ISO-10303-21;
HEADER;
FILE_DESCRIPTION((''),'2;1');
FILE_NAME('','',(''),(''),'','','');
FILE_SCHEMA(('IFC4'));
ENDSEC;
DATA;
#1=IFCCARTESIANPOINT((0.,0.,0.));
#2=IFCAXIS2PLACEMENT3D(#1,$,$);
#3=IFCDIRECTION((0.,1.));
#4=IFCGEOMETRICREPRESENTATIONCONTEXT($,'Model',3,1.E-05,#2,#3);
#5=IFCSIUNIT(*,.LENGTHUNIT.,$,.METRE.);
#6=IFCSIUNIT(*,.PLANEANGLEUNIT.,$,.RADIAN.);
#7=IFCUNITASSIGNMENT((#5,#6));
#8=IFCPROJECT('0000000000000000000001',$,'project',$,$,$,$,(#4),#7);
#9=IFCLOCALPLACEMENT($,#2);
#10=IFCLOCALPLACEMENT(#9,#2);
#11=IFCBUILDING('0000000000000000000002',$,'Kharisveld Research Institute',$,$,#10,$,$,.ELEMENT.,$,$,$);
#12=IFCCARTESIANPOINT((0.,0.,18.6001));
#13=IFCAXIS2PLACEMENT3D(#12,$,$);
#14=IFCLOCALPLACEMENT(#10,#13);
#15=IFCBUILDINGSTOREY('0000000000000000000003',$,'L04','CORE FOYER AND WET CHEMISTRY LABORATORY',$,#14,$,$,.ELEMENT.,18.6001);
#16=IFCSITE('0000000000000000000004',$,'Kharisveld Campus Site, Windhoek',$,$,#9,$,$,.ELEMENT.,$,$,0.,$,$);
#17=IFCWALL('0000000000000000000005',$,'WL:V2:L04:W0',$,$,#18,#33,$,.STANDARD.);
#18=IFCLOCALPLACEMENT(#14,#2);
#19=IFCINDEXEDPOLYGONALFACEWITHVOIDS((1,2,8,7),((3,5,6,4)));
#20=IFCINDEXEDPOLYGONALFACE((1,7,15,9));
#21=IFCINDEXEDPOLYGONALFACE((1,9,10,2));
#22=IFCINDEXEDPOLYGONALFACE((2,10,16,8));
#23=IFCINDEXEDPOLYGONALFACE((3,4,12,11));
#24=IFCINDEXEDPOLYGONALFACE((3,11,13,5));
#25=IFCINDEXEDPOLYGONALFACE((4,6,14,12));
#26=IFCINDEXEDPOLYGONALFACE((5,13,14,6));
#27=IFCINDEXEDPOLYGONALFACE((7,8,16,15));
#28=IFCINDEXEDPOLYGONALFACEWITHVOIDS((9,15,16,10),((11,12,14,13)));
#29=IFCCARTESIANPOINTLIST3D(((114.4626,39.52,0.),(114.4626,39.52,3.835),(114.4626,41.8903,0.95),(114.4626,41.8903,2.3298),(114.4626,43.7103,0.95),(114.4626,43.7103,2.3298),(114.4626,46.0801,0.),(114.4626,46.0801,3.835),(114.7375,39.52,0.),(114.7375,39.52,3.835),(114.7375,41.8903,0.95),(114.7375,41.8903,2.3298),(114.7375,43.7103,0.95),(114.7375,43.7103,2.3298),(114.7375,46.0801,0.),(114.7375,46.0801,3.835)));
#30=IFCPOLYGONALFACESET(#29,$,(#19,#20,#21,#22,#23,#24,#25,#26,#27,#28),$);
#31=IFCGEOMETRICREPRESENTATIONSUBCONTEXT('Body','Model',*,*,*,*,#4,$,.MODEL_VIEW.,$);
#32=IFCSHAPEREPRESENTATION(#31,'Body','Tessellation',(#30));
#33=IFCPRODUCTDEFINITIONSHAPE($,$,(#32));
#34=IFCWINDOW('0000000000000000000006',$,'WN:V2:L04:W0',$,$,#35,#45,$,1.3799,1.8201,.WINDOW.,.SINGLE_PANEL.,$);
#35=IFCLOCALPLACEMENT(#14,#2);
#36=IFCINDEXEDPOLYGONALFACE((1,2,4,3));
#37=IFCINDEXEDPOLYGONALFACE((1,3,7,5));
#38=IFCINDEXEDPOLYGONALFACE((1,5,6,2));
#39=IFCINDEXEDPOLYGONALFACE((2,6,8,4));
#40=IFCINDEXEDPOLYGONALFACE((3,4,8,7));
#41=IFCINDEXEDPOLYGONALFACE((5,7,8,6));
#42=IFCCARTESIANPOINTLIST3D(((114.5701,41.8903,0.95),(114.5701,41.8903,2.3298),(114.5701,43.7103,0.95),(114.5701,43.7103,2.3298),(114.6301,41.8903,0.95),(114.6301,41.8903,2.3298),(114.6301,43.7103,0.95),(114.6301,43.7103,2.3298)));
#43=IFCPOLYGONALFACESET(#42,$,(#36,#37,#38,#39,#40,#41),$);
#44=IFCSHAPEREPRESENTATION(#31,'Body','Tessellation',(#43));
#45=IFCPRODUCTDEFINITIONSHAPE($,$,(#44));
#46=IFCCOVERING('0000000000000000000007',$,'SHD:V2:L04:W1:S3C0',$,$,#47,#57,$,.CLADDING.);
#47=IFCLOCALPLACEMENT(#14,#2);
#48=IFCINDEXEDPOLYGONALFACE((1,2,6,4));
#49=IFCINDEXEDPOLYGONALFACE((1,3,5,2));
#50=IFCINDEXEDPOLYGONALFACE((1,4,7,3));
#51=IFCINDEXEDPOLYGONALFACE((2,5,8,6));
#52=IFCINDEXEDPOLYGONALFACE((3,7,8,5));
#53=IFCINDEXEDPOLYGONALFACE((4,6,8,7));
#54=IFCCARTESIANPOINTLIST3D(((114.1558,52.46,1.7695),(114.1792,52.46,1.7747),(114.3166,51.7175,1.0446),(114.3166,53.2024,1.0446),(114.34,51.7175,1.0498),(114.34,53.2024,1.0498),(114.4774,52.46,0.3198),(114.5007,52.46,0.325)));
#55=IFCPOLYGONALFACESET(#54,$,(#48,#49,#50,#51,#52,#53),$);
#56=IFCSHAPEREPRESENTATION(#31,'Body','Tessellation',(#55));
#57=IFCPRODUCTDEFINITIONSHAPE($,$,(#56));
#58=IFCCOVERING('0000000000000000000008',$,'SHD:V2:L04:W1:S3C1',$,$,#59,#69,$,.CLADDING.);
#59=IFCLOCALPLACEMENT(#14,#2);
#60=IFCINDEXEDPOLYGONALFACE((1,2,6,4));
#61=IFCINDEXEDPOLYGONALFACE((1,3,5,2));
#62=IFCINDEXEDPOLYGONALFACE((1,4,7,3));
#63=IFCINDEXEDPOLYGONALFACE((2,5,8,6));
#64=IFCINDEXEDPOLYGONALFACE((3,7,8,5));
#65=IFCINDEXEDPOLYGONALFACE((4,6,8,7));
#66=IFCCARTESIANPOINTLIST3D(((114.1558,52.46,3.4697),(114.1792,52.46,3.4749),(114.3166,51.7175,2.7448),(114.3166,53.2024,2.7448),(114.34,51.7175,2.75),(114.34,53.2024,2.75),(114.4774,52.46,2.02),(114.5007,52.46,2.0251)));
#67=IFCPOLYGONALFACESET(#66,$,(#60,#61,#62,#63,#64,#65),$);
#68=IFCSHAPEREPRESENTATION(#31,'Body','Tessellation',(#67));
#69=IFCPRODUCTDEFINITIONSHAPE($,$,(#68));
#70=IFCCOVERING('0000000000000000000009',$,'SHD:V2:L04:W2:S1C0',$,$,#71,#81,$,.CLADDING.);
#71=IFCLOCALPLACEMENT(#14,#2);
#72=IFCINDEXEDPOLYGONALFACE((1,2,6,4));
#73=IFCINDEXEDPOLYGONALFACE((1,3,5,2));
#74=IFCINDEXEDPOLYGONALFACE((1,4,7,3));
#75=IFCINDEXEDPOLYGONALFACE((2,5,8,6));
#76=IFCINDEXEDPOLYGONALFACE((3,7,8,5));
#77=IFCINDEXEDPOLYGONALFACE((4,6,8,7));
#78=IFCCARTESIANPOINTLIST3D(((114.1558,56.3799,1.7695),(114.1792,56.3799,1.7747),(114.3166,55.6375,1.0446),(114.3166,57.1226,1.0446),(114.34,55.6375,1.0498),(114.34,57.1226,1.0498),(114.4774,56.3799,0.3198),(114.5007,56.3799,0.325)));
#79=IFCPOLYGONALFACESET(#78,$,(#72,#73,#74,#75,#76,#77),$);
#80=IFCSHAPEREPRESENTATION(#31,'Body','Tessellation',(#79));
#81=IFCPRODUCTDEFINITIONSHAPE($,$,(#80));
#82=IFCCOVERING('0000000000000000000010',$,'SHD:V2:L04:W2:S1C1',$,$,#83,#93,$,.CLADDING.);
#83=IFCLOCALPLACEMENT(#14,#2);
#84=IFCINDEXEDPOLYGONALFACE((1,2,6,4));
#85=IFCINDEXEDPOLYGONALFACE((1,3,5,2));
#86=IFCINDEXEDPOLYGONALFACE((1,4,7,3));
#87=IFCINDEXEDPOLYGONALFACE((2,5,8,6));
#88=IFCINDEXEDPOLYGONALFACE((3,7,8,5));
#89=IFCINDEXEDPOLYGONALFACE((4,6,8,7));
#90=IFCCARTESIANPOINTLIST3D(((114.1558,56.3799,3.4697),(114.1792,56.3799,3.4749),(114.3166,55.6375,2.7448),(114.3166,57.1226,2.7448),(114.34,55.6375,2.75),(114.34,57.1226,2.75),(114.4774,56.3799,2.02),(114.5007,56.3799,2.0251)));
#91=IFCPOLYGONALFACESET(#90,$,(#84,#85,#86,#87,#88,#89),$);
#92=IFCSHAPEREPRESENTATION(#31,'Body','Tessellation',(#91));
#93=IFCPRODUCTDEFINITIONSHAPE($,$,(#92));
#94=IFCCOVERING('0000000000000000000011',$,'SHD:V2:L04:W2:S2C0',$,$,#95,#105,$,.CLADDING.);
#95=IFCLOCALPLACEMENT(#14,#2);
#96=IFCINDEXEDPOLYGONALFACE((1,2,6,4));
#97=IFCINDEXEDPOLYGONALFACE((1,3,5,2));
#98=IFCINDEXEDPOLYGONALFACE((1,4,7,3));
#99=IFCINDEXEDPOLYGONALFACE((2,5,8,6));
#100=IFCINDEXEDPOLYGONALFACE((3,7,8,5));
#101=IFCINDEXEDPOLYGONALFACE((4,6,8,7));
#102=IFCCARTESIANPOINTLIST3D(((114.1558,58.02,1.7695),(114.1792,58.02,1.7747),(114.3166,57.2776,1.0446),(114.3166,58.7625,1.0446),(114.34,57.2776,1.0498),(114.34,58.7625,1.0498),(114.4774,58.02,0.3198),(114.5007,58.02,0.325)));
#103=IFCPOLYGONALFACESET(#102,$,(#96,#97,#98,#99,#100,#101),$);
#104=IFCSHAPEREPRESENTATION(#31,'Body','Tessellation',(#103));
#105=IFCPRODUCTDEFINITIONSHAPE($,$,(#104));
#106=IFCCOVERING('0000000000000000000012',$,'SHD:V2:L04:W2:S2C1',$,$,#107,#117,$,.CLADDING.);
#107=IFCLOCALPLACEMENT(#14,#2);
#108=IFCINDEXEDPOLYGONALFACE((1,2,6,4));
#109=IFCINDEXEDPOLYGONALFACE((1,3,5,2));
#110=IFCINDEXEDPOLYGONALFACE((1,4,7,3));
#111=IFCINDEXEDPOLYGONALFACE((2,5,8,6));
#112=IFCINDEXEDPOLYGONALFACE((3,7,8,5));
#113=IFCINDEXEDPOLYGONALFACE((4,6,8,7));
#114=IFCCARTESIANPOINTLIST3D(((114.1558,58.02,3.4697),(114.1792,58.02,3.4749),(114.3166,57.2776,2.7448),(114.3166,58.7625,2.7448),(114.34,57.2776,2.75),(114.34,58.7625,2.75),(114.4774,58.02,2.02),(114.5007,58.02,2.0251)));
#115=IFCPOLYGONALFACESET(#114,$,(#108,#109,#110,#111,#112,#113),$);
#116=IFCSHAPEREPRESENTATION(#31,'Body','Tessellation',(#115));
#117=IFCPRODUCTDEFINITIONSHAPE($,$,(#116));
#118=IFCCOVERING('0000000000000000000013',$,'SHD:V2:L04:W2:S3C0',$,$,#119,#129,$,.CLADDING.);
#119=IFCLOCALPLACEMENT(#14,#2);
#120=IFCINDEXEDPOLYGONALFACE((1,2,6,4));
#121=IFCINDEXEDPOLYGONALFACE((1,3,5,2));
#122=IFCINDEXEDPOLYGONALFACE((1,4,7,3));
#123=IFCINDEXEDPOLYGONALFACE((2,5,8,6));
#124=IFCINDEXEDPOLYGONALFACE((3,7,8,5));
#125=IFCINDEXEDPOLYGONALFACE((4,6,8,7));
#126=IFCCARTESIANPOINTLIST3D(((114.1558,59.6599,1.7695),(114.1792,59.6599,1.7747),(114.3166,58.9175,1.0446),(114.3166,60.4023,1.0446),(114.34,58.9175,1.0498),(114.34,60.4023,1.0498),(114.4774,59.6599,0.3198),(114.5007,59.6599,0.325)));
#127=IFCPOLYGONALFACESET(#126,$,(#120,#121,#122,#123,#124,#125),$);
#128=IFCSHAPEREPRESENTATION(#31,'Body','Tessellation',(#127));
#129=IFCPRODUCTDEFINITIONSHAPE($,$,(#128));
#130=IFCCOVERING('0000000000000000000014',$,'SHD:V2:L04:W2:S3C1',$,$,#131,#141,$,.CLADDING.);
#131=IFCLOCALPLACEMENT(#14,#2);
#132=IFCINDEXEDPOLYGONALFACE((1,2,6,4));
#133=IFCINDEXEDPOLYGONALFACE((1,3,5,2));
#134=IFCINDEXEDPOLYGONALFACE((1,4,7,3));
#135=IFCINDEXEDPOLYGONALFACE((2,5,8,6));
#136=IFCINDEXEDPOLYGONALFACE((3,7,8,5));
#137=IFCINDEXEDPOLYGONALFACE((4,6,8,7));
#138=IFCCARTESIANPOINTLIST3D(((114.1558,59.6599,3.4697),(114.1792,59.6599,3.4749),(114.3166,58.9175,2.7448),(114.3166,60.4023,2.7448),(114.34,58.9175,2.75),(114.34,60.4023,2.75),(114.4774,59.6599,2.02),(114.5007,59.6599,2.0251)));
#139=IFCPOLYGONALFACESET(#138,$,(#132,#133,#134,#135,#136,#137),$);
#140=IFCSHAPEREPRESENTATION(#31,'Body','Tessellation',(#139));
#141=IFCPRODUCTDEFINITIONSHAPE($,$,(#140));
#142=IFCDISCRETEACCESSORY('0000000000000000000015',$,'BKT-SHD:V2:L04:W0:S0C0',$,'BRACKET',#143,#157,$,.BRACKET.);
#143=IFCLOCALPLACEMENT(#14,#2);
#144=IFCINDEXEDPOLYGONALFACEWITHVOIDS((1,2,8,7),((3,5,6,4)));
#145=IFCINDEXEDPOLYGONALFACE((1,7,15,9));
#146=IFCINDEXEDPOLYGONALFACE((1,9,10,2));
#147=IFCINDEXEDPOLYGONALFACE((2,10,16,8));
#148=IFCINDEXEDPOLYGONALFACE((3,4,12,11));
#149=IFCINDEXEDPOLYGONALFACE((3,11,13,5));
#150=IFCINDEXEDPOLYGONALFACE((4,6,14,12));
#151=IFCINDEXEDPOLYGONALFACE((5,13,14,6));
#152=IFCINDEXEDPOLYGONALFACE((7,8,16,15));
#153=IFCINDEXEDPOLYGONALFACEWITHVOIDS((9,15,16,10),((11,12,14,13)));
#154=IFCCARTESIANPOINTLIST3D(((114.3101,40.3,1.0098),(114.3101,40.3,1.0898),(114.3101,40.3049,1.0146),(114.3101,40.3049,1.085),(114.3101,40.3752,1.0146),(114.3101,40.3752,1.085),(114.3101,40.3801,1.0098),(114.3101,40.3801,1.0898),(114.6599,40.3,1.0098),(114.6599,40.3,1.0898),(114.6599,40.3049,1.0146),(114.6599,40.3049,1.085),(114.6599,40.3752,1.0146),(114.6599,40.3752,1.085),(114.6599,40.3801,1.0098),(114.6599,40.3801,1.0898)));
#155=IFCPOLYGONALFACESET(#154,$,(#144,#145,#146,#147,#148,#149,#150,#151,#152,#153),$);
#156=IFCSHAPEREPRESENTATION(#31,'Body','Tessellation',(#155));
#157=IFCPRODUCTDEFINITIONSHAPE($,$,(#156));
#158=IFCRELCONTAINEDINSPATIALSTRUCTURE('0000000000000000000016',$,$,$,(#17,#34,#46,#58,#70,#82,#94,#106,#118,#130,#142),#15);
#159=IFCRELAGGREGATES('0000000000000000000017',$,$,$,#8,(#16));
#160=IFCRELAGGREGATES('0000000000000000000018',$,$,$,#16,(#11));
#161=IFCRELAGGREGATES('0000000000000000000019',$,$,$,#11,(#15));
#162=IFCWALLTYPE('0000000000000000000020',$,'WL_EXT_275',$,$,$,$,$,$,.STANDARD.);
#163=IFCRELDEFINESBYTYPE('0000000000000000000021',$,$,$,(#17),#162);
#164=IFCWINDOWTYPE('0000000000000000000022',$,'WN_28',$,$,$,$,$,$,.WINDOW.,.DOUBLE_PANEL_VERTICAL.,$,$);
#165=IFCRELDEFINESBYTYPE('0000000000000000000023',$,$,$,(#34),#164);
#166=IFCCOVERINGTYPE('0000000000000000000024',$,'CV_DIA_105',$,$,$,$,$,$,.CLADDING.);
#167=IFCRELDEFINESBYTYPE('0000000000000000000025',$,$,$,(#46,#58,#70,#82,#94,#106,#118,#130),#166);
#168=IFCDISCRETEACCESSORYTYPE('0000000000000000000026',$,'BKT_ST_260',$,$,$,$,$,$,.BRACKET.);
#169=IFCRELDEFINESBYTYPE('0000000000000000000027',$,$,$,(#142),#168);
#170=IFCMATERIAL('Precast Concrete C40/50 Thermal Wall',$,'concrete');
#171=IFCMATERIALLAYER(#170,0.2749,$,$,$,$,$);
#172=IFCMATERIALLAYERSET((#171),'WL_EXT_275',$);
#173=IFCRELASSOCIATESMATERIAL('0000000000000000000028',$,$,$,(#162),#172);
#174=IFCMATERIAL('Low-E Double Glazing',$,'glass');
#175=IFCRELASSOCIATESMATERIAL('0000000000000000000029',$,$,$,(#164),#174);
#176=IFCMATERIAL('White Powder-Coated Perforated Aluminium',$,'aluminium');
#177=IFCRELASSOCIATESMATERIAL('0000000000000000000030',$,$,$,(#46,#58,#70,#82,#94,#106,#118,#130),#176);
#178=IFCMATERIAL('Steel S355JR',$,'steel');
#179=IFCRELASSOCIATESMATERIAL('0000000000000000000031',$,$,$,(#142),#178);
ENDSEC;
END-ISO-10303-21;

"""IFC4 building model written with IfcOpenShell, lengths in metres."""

from ifc_helpers import new_model, si_unit, direction, frame, frame_2d, origin, origin_2d, place, context, subcontext, project, spatial, polyline, rectangle, hollow_rectangle, outline, extrude, material, layer, layer_set, type_object, element, fill, save


model = new_model("IFC4")

# Units and contexts
model_context = context("Model", 3, precision=1e-05, world=origin(), true_north=direction((0.0, 1.0)))
body_context = subcontext(model_context, "Body", "Model", "MODEL_VIEW")
ifc_project = project(units=[si_unit("LENGTHUNIT", "METRE"), si_unit("PLANEANGLEUNIT", "RADIAN")], contexts=[model_context])

# Site, building, storey
site_placement = place(None, origin())
site = spatial("IfcSite", under=ifc_project, at=site_placement, Name="Kharisveld Campus Site, Windhoek", CompositionType="ELEMENT", RefElevation=0.0)
building_placement = place(site_placement, origin())
building = spatial("IfcBuilding", under=site, at=building_placement, Name="Kharisveld Research Institute", CompositionType="ELEMENT")
storey_placement = place(building_placement, frame((0.0, 0.0, 18.6001)))
storey = spatial("IfcBuildingStorey", under=building, at=storey_placement, Name="L04", Description="CORE FOYER AND WET CHEMISTRY LABORATORY", CompositionType="ELEMENT", Elevation=18.6001)

# Wall, opening, window
ifc_material_1 = material(Name="Precast Concrete C40/50 Thermal Wall", Category="concrete")
ifc_layer_1 = layer(ifc_material_1, 0.2749)
ifc_layer_set_1 = layer_set([ifc_layer_1], Name="WL_EXT_275")
wall_type_1 = type_object("IfcWallType", Name="WL_EXT_275", PredefinedType="STANDARD", material=ifc_layer_set_1)
wall_1_placement = place(storey_placement, frame((114.6001, 39.52, 0.0), z_axis=(0.0, 0.0, 1.0), x_axis=(0.0, 1.0, 0.0)))
wall_1 = element("IfcWall", 1, at=wall_1_placement, inside=storey, type_object=wall_type_1, Name="WL:V2:L04:W0", PredefinedType="STANDARD", context=body_context, shape_type="SweptSolid", body=[
    extrude(rectangle(XDim=6.5601, YDim=0.2749, at=frame_2d((3.28, 0.0))), origin(), (0.0, 0.0, 1.0), 3.835),
])
opening_1_placement = place(wall_1_placement, frame((2.3701, 0.0, 0.95)))
opening_1 = element("IfcOpeningElement", 2, at=opening_1_placement, cuts=wall_1, PredefinedType="OPENING", context=body_context, shape_type="SweptSolid", body=[
    extrude(rectangle(XDim=1.8201, YDim=1.3799, at=frame_2d((0.9102, 0.6899))), frame((0.0, 0.1375, 0.0), z_axis=(0.0, -1.0, 0.0), x_axis=(1.0, 0.0, 0.0)), (0.0, 0.0, 1.0), 0.2749),
])
ifc_material_2 = material(Name="Low-E Double Glazing", Category="glass")
window_type_1 = type_object("IfcWindowType", Name="WN_28", PartitioningType="DOUBLE_PANEL_VERTICAL", PredefinedType="WINDOW", material=ifc_material_2)
window_1_placement = place(opening_1_placement, origin())
window_1 = element("IfcWindow", 3, at=window_1_placement, inside=storey, type_object=window_type_1, Name="WN:V2:L04:W0", OverallHeight=1.3799, OverallWidth=1.8201, PartitioningType="SINGLE_PANEL", PredefinedType="WINDOW", context=body_context, shape_type="SweptSolid", body=[
    extrude(rectangle(XDim=1.8201, YDim=1.3799, at=frame_2d((0.9102, 0.6899))), frame((0.0, 0.03, 0.0), z_axis=(0.0, -1.0, 0.0), x_axis=(1.0, 0.0, 0.0)), (0.0, 0.0, 1.0), 0.0601),
])
fill(opening_1, window_1)

# Coverings
ifc_material_3 = material(Name="White Powder-Coated Perforated Aluminium", Category="aluminium")
covering_type = type_object("IfcCoveringType", Name="CV_DIA_105", PredefinedType="CLADDING")
for number, where, z_axis, x_axis, name in (
    (4, (114.5007, 52.46, 0.325), (0.976276, 0.0, 0.21653), (-0.153111, 0.707102, 0.690336), "SHD:V2:L04:W1:S3C0"),
    (5, (114.5007, 52.46, 2.0251), (0.976276, 0.0, 0.21653), (-0.153111, 0.707102, 0.690336), "SHD:V2:L04:W1:S3C1"),
):
    element("IfcCovering", number, at=place(storey_placement, frame(where, z_axis=z_axis, x_axis=x_axis)), inside=storey, type_object=covering_type, material=ifc_material_3, Name=name, PredefinedType="CLADDING", context=body_context, shape_type="SweptSolid", body=[
        extrude(outline(polyline([(0.0, 0.0), (1.05, 0.0), (1.05, 1.05), (0.0, 1.05), (0.0, 0.0)])), origin(), (0.0, 0.0, -1.0), 0.0239),
    ])
for number, where, z_axis, x_axis, name in (
    (6, (114.5007, 56.3799, 0.325), (0.976276, 0.0, 0.21653), (-0.153086, 0.707218, 0.690222), "SHD:V2:L04:W2:S1C0"),
    (7, (114.5007, 56.3799, 2.0251), (0.976276, 0.0, 0.21653), (-0.153086, 0.707218, 0.690222), "SHD:V2:L04:W2:S1C1"),
):
    element("IfcCovering", number, at=place(storey_placement, frame(where, z_axis=z_axis, x_axis=x_axis)), inside=storey, type_object=covering_type, material=ifc_material_3, Name=name, PredefinedType="CLADDING", context=body_context, shape_type="SweptSolid", body=[
        extrude(outline(polyline([(0.0, 0.0), (1.0501, 0.0), (1.0498, 1.0502), (-0.0002, 1.05), (0.0, 0.0)])), origin(), (0.0, 0.0, -1.0), 0.0239),
    ])
for number, where, z_axis, x_axis, name in (
    (8, (114.5007, 58.02, 0.325), (0.976276, 0.0, 0.21653), (-0.153111, 0.707102, 0.690336), "SHD:V2:L04:W2:S2C0"),
    (9, (114.5007, 58.02, 2.0251), (0.976276, 0.0, 0.21653), (-0.153111, 0.707102, 0.690336), "SHD:V2:L04:W2:S2C1"),
    (10, (114.5007, 59.6599, 0.325), (0.976276, 0.0, 0.21653), (-0.153111, 0.707102, 0.690336), "SHD:V2:L04:W2:S3C0"),
    (11, (114.5007, 59.6599, 2.0251), (0.976276, 0.0, 0.21653), (-0.153111, 0.707102, 0.690336), "SHD:V2:L04:W2:S3C1"),
):
    element("IfcCovering", number, at=place(storey_placement, frame(where, z_axis=z_axis, x_axis=x_axis)), inside=storey, type_object=covering_type, material=ifc_material_3, Name=name, PredefinedType="CLADDING", context=body_context, shape_type="SweptSolid", body=[
        extrude(outline(polyline([(0.0, 0.0), (1.05, 0.0), (1.05, 1.05), (0.0, 1.05), (0.0, 0.0)])), origin(), (0.0, 0.0, -1.0), 0.0239),
    ])

# Discrete accessory
ifc_material_4 = material(Name="Steel S355JR", Category="steel")
discrete_accessory_type = type_object("IfcDiscreteAccessoryType", Name="BKT_ST_260", PredefinedType="BRACKET")
discrete_accessory_placement = place(storey_placement, frame((114.6599, 40.3401, 1.0498), z_axis=(-1.0, 0.0, 0.0), x_axis=(0.0, -1.0, 0.0)))
element("IfcDiscreteAccessory", 12, at=discrete_accessory_placement, inside=storey, type_object=discrete_accessory_type, material=ifc_material_4, Name="BKT-SHD:V2:L04:W0:S0C0", ObjectType="BRACKET", PredefinedType="BRACKET", context=body_context, shape_type="SweptSolid", body=[
    extrude(hollow_rectangle(XDim=0.0801, YDim=0.0801, WallThickness=0.0049, at=origin_2d()), origin(), (0.0, 0.0, 1.0), 0.3499),
])

save(model, "model.ifc")
